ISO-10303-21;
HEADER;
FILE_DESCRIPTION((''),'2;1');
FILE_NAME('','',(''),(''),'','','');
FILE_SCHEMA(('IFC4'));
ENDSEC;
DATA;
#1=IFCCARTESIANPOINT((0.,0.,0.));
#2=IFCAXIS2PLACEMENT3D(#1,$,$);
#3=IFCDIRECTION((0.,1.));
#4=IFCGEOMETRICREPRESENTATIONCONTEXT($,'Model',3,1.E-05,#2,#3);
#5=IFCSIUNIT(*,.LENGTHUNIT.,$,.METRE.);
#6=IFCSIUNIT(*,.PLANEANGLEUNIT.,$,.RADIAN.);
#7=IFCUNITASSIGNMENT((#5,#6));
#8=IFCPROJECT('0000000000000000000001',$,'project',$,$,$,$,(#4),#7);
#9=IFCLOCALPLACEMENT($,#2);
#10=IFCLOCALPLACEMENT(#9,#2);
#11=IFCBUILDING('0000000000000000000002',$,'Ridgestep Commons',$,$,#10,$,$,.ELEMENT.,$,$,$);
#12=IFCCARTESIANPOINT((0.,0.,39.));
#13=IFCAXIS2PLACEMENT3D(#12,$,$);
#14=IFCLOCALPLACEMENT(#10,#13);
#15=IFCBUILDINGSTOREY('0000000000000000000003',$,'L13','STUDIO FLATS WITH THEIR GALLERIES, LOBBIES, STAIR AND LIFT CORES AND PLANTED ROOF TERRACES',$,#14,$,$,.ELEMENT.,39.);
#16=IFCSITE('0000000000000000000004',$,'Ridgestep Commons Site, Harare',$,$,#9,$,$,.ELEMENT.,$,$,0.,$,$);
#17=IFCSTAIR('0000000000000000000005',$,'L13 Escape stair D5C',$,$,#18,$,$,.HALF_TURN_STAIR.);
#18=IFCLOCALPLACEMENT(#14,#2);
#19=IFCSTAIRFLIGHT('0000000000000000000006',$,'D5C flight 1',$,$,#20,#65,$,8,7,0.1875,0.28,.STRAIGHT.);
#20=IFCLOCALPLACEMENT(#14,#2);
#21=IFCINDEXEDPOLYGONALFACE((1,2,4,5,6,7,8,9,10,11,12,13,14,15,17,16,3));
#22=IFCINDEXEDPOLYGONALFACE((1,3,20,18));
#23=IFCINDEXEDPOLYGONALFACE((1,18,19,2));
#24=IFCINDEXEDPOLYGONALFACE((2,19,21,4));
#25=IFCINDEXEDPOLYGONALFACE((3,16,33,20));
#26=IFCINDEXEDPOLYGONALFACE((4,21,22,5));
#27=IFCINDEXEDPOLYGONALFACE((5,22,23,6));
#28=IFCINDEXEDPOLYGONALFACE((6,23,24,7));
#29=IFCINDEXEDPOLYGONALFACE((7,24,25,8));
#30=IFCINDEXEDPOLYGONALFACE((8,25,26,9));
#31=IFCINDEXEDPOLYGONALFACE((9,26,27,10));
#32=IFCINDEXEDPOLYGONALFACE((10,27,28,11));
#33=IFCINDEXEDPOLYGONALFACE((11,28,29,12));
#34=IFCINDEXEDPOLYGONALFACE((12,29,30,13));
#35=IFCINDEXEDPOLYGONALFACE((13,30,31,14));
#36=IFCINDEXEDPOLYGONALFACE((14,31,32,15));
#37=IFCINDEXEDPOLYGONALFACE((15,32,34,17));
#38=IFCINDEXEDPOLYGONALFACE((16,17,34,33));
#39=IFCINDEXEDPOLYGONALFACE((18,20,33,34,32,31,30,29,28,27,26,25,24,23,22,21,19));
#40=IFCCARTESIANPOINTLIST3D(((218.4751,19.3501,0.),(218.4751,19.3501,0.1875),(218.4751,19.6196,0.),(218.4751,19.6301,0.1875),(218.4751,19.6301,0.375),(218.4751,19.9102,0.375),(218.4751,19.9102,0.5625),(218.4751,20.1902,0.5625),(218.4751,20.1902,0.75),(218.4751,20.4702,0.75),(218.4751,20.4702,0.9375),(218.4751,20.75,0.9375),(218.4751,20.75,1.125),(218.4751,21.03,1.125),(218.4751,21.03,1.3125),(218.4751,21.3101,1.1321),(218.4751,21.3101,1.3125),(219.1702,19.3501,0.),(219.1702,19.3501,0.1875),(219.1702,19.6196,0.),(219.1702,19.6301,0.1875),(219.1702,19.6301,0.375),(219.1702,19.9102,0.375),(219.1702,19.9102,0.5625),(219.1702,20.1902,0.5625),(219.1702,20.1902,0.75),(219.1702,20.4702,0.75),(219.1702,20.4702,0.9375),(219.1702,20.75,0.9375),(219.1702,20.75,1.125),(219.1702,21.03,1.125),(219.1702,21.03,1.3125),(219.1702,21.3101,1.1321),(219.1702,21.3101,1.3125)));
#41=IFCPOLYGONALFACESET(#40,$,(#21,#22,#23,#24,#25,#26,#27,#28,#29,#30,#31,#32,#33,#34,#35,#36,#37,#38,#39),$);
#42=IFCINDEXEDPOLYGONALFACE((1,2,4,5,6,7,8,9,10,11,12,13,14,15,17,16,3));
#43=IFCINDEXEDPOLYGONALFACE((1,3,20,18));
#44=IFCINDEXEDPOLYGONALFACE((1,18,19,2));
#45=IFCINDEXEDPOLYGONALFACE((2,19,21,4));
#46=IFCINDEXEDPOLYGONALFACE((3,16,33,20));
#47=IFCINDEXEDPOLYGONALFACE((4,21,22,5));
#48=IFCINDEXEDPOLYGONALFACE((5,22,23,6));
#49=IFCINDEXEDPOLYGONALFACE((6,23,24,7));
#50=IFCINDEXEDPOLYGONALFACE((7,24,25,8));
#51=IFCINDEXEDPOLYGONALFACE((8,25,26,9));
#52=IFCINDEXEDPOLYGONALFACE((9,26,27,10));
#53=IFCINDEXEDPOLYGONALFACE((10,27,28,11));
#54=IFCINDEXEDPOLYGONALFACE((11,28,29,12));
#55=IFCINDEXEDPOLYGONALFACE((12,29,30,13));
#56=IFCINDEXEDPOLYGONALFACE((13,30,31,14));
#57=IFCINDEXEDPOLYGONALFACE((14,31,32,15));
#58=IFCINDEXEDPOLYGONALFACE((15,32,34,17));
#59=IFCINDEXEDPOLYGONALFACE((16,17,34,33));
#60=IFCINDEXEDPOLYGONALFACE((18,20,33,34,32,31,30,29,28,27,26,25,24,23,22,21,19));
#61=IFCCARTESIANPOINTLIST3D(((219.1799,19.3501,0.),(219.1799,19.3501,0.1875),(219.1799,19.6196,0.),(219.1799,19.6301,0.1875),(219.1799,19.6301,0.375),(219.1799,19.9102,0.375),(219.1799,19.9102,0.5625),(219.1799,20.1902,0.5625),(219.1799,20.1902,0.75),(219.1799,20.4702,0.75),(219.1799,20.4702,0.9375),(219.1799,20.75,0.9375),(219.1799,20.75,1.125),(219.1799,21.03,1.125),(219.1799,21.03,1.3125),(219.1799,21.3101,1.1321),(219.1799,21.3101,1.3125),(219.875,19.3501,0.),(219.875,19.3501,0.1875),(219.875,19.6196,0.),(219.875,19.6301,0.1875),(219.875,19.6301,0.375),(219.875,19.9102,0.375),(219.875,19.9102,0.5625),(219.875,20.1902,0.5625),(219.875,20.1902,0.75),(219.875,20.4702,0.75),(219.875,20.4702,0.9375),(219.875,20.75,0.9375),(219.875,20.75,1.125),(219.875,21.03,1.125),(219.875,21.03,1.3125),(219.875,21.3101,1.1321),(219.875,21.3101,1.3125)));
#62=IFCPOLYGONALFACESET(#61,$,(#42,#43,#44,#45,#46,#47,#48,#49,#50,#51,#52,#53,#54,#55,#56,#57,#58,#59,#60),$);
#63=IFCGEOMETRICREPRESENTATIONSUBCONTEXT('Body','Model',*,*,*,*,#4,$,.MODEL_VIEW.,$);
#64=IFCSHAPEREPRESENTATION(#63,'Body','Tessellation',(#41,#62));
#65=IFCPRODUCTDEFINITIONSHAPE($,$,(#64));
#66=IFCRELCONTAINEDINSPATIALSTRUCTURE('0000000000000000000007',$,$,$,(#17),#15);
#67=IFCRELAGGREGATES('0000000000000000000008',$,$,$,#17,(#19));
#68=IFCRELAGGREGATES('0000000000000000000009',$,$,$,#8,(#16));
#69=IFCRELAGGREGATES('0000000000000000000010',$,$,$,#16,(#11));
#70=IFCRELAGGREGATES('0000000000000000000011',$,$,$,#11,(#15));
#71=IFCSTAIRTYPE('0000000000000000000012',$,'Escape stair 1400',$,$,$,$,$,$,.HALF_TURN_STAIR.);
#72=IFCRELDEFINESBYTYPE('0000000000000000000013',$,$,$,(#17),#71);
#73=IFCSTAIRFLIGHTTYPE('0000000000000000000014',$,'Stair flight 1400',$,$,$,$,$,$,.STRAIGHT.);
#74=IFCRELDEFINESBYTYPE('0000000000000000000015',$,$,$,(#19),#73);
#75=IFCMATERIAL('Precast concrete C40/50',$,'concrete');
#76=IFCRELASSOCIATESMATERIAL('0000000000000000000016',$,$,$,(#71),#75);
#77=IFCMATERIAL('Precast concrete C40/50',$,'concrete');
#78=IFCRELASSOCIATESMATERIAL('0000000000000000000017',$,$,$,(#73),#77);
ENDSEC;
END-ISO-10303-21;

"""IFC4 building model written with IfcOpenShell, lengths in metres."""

from ifc_helpers import new_model, si_unit, direction, frame, origin, place, context, subcontext, project, spatial, polyline, outline, extrude, material, type_object, element, aggregate, save


model = new_model("IFC4")

# Units and contexts
model_context = context("Model", 3, precision=1e-05, world=origin(), true_north=direction((0.0, 1.0)))
body_context = subcontext(model_context, "Body", "Model", "MODEL_VIEW")
ifc_project = project(units=[si_unit("LENGTHUNIT", "METRE"), si_unit("PLANEANGLEUNIT", "RADIAN")], contexts=[model_context])

# Site, building, storey
site_placement = place(None, origin())
site = spatial("IfcSite", under=ifc_project, at=site_placement, Name="Ridgestep Commons Site, Harare", CompositionType="ELEMENT", RefElevation=0.0)
building_placement = place(site_placement, origin())
building = spatial("IfcBuilding", under=site, at=building_placement, Name="Ridgestep Commons", CompositionType="ELEMENT")
storey_placement = place(building_placement, frame((0.0, 0.0, 39.0)))
storey = spatial("IfcBuildingStorey", under=building, at=storey_placement, Name="L13", Description="STUDIO FLATS WITH THEIR GALLERIES, LOBBIES, STAIR AND LIFT CORES AND PLANTED ROOF TERRACES", CompositionType="ELEMENT", Elevation=39.0)

# Stair, stair flight
ifc_material_1 = material(Name="Precast concrete C40/50", Category="concrete")
stair_type = type_object("IfcStairType", Name="Escape stair 1400", PredefinedType="HALF_TURN_STAIR", material=ifc_material_1)
stair_placement = place(storey_placement, origin())
stair = element("IfcStair", 1, at=stair_placement, inside=storey, type_object=stair_type, Name="L13 Escape stair D5C", PredefinedType="HALF_TURN_STAIR")
ifc_material_2 = material(Name="Precast concrete C40/50", Category="concrete")
stair_flight_type = type_object("IfcStairFlightType", Name="Stair flight 1400", PredefinedType="STRAIGHT", material=ifc_material_2)
stair_flight_placement = place(storey_placement, frame((219.175, 19.3501, 0.0), z_axis=(0.0, 0.0, 1.0), x_axis=(0.0, 1.0, 0.0)))
stair_flight = element("IfcStairFlight", 2, at=stair_flight_placement, type_object=stair_flight_type, Name="D5C flight 1", NumberOfRisers=8, NumberOfTreads=7, PredefinedType="STRAIGHT", RiserHeight=0.1875, TreadLength=0.28, context=body_context, shape_type="SweptSolid", body=[
    extrude(outline(polyline([(0.0, 0.0), (0.0, 0.1875), (0.28, 0.1875), (0.28, 0.375), (0.5601, 0.375), (0.5601, 0.5625), (0.8401, 0.5625), (0.8401, 0.75), (1.1201, 0.75), (1.1201, 0.9375), (1.3999, 0.9375), (1.3999, 1.125), (1.6799, 1.125), (1.6799, 1.3125), (1.96, 1.3125), (1.96, 1.5), (1.96, 1.1321), (0.2695, 0.0), (0.0, 0.0)])), frame((0.0, 0.7, 0.0), z_axis=(0.0, -1.0, 0.0), x_axis=(1.0, 0.0, 0.0)), (0.0, 0.0, 1.0), 0.6951),
    extrude(outline(polyline([(0.0, 0.0), (0.0, 0.1875), (0.28, 0.1875), (0.28, 0.375), (0.5601, 0.375), (0.5601, 0.5625), (0.8401, 0.5625), (0.8401, 0.75), (1.1201, 0.75), (1.1201, 0.9375), (1.3999, 0.9375), (1.3999, 1.125), (1.6799, 1.125), (1.6799, 1.3125), (1.96, 1.3125), (1.96, 1.5), (1.96, 1.1321), (0.2695, 0.0), (0.0, 0.0)])), frame((0.0, -0.0049, 0.0), z_axis=(0.0, -1.0, 0.0), x_axis=(1.0, 0.0, 0.0)), (0.0, 0.0, 1.0), 0.6951),
])
aggregate(stair, [stair_flight])

save(model, "model.ifc")
